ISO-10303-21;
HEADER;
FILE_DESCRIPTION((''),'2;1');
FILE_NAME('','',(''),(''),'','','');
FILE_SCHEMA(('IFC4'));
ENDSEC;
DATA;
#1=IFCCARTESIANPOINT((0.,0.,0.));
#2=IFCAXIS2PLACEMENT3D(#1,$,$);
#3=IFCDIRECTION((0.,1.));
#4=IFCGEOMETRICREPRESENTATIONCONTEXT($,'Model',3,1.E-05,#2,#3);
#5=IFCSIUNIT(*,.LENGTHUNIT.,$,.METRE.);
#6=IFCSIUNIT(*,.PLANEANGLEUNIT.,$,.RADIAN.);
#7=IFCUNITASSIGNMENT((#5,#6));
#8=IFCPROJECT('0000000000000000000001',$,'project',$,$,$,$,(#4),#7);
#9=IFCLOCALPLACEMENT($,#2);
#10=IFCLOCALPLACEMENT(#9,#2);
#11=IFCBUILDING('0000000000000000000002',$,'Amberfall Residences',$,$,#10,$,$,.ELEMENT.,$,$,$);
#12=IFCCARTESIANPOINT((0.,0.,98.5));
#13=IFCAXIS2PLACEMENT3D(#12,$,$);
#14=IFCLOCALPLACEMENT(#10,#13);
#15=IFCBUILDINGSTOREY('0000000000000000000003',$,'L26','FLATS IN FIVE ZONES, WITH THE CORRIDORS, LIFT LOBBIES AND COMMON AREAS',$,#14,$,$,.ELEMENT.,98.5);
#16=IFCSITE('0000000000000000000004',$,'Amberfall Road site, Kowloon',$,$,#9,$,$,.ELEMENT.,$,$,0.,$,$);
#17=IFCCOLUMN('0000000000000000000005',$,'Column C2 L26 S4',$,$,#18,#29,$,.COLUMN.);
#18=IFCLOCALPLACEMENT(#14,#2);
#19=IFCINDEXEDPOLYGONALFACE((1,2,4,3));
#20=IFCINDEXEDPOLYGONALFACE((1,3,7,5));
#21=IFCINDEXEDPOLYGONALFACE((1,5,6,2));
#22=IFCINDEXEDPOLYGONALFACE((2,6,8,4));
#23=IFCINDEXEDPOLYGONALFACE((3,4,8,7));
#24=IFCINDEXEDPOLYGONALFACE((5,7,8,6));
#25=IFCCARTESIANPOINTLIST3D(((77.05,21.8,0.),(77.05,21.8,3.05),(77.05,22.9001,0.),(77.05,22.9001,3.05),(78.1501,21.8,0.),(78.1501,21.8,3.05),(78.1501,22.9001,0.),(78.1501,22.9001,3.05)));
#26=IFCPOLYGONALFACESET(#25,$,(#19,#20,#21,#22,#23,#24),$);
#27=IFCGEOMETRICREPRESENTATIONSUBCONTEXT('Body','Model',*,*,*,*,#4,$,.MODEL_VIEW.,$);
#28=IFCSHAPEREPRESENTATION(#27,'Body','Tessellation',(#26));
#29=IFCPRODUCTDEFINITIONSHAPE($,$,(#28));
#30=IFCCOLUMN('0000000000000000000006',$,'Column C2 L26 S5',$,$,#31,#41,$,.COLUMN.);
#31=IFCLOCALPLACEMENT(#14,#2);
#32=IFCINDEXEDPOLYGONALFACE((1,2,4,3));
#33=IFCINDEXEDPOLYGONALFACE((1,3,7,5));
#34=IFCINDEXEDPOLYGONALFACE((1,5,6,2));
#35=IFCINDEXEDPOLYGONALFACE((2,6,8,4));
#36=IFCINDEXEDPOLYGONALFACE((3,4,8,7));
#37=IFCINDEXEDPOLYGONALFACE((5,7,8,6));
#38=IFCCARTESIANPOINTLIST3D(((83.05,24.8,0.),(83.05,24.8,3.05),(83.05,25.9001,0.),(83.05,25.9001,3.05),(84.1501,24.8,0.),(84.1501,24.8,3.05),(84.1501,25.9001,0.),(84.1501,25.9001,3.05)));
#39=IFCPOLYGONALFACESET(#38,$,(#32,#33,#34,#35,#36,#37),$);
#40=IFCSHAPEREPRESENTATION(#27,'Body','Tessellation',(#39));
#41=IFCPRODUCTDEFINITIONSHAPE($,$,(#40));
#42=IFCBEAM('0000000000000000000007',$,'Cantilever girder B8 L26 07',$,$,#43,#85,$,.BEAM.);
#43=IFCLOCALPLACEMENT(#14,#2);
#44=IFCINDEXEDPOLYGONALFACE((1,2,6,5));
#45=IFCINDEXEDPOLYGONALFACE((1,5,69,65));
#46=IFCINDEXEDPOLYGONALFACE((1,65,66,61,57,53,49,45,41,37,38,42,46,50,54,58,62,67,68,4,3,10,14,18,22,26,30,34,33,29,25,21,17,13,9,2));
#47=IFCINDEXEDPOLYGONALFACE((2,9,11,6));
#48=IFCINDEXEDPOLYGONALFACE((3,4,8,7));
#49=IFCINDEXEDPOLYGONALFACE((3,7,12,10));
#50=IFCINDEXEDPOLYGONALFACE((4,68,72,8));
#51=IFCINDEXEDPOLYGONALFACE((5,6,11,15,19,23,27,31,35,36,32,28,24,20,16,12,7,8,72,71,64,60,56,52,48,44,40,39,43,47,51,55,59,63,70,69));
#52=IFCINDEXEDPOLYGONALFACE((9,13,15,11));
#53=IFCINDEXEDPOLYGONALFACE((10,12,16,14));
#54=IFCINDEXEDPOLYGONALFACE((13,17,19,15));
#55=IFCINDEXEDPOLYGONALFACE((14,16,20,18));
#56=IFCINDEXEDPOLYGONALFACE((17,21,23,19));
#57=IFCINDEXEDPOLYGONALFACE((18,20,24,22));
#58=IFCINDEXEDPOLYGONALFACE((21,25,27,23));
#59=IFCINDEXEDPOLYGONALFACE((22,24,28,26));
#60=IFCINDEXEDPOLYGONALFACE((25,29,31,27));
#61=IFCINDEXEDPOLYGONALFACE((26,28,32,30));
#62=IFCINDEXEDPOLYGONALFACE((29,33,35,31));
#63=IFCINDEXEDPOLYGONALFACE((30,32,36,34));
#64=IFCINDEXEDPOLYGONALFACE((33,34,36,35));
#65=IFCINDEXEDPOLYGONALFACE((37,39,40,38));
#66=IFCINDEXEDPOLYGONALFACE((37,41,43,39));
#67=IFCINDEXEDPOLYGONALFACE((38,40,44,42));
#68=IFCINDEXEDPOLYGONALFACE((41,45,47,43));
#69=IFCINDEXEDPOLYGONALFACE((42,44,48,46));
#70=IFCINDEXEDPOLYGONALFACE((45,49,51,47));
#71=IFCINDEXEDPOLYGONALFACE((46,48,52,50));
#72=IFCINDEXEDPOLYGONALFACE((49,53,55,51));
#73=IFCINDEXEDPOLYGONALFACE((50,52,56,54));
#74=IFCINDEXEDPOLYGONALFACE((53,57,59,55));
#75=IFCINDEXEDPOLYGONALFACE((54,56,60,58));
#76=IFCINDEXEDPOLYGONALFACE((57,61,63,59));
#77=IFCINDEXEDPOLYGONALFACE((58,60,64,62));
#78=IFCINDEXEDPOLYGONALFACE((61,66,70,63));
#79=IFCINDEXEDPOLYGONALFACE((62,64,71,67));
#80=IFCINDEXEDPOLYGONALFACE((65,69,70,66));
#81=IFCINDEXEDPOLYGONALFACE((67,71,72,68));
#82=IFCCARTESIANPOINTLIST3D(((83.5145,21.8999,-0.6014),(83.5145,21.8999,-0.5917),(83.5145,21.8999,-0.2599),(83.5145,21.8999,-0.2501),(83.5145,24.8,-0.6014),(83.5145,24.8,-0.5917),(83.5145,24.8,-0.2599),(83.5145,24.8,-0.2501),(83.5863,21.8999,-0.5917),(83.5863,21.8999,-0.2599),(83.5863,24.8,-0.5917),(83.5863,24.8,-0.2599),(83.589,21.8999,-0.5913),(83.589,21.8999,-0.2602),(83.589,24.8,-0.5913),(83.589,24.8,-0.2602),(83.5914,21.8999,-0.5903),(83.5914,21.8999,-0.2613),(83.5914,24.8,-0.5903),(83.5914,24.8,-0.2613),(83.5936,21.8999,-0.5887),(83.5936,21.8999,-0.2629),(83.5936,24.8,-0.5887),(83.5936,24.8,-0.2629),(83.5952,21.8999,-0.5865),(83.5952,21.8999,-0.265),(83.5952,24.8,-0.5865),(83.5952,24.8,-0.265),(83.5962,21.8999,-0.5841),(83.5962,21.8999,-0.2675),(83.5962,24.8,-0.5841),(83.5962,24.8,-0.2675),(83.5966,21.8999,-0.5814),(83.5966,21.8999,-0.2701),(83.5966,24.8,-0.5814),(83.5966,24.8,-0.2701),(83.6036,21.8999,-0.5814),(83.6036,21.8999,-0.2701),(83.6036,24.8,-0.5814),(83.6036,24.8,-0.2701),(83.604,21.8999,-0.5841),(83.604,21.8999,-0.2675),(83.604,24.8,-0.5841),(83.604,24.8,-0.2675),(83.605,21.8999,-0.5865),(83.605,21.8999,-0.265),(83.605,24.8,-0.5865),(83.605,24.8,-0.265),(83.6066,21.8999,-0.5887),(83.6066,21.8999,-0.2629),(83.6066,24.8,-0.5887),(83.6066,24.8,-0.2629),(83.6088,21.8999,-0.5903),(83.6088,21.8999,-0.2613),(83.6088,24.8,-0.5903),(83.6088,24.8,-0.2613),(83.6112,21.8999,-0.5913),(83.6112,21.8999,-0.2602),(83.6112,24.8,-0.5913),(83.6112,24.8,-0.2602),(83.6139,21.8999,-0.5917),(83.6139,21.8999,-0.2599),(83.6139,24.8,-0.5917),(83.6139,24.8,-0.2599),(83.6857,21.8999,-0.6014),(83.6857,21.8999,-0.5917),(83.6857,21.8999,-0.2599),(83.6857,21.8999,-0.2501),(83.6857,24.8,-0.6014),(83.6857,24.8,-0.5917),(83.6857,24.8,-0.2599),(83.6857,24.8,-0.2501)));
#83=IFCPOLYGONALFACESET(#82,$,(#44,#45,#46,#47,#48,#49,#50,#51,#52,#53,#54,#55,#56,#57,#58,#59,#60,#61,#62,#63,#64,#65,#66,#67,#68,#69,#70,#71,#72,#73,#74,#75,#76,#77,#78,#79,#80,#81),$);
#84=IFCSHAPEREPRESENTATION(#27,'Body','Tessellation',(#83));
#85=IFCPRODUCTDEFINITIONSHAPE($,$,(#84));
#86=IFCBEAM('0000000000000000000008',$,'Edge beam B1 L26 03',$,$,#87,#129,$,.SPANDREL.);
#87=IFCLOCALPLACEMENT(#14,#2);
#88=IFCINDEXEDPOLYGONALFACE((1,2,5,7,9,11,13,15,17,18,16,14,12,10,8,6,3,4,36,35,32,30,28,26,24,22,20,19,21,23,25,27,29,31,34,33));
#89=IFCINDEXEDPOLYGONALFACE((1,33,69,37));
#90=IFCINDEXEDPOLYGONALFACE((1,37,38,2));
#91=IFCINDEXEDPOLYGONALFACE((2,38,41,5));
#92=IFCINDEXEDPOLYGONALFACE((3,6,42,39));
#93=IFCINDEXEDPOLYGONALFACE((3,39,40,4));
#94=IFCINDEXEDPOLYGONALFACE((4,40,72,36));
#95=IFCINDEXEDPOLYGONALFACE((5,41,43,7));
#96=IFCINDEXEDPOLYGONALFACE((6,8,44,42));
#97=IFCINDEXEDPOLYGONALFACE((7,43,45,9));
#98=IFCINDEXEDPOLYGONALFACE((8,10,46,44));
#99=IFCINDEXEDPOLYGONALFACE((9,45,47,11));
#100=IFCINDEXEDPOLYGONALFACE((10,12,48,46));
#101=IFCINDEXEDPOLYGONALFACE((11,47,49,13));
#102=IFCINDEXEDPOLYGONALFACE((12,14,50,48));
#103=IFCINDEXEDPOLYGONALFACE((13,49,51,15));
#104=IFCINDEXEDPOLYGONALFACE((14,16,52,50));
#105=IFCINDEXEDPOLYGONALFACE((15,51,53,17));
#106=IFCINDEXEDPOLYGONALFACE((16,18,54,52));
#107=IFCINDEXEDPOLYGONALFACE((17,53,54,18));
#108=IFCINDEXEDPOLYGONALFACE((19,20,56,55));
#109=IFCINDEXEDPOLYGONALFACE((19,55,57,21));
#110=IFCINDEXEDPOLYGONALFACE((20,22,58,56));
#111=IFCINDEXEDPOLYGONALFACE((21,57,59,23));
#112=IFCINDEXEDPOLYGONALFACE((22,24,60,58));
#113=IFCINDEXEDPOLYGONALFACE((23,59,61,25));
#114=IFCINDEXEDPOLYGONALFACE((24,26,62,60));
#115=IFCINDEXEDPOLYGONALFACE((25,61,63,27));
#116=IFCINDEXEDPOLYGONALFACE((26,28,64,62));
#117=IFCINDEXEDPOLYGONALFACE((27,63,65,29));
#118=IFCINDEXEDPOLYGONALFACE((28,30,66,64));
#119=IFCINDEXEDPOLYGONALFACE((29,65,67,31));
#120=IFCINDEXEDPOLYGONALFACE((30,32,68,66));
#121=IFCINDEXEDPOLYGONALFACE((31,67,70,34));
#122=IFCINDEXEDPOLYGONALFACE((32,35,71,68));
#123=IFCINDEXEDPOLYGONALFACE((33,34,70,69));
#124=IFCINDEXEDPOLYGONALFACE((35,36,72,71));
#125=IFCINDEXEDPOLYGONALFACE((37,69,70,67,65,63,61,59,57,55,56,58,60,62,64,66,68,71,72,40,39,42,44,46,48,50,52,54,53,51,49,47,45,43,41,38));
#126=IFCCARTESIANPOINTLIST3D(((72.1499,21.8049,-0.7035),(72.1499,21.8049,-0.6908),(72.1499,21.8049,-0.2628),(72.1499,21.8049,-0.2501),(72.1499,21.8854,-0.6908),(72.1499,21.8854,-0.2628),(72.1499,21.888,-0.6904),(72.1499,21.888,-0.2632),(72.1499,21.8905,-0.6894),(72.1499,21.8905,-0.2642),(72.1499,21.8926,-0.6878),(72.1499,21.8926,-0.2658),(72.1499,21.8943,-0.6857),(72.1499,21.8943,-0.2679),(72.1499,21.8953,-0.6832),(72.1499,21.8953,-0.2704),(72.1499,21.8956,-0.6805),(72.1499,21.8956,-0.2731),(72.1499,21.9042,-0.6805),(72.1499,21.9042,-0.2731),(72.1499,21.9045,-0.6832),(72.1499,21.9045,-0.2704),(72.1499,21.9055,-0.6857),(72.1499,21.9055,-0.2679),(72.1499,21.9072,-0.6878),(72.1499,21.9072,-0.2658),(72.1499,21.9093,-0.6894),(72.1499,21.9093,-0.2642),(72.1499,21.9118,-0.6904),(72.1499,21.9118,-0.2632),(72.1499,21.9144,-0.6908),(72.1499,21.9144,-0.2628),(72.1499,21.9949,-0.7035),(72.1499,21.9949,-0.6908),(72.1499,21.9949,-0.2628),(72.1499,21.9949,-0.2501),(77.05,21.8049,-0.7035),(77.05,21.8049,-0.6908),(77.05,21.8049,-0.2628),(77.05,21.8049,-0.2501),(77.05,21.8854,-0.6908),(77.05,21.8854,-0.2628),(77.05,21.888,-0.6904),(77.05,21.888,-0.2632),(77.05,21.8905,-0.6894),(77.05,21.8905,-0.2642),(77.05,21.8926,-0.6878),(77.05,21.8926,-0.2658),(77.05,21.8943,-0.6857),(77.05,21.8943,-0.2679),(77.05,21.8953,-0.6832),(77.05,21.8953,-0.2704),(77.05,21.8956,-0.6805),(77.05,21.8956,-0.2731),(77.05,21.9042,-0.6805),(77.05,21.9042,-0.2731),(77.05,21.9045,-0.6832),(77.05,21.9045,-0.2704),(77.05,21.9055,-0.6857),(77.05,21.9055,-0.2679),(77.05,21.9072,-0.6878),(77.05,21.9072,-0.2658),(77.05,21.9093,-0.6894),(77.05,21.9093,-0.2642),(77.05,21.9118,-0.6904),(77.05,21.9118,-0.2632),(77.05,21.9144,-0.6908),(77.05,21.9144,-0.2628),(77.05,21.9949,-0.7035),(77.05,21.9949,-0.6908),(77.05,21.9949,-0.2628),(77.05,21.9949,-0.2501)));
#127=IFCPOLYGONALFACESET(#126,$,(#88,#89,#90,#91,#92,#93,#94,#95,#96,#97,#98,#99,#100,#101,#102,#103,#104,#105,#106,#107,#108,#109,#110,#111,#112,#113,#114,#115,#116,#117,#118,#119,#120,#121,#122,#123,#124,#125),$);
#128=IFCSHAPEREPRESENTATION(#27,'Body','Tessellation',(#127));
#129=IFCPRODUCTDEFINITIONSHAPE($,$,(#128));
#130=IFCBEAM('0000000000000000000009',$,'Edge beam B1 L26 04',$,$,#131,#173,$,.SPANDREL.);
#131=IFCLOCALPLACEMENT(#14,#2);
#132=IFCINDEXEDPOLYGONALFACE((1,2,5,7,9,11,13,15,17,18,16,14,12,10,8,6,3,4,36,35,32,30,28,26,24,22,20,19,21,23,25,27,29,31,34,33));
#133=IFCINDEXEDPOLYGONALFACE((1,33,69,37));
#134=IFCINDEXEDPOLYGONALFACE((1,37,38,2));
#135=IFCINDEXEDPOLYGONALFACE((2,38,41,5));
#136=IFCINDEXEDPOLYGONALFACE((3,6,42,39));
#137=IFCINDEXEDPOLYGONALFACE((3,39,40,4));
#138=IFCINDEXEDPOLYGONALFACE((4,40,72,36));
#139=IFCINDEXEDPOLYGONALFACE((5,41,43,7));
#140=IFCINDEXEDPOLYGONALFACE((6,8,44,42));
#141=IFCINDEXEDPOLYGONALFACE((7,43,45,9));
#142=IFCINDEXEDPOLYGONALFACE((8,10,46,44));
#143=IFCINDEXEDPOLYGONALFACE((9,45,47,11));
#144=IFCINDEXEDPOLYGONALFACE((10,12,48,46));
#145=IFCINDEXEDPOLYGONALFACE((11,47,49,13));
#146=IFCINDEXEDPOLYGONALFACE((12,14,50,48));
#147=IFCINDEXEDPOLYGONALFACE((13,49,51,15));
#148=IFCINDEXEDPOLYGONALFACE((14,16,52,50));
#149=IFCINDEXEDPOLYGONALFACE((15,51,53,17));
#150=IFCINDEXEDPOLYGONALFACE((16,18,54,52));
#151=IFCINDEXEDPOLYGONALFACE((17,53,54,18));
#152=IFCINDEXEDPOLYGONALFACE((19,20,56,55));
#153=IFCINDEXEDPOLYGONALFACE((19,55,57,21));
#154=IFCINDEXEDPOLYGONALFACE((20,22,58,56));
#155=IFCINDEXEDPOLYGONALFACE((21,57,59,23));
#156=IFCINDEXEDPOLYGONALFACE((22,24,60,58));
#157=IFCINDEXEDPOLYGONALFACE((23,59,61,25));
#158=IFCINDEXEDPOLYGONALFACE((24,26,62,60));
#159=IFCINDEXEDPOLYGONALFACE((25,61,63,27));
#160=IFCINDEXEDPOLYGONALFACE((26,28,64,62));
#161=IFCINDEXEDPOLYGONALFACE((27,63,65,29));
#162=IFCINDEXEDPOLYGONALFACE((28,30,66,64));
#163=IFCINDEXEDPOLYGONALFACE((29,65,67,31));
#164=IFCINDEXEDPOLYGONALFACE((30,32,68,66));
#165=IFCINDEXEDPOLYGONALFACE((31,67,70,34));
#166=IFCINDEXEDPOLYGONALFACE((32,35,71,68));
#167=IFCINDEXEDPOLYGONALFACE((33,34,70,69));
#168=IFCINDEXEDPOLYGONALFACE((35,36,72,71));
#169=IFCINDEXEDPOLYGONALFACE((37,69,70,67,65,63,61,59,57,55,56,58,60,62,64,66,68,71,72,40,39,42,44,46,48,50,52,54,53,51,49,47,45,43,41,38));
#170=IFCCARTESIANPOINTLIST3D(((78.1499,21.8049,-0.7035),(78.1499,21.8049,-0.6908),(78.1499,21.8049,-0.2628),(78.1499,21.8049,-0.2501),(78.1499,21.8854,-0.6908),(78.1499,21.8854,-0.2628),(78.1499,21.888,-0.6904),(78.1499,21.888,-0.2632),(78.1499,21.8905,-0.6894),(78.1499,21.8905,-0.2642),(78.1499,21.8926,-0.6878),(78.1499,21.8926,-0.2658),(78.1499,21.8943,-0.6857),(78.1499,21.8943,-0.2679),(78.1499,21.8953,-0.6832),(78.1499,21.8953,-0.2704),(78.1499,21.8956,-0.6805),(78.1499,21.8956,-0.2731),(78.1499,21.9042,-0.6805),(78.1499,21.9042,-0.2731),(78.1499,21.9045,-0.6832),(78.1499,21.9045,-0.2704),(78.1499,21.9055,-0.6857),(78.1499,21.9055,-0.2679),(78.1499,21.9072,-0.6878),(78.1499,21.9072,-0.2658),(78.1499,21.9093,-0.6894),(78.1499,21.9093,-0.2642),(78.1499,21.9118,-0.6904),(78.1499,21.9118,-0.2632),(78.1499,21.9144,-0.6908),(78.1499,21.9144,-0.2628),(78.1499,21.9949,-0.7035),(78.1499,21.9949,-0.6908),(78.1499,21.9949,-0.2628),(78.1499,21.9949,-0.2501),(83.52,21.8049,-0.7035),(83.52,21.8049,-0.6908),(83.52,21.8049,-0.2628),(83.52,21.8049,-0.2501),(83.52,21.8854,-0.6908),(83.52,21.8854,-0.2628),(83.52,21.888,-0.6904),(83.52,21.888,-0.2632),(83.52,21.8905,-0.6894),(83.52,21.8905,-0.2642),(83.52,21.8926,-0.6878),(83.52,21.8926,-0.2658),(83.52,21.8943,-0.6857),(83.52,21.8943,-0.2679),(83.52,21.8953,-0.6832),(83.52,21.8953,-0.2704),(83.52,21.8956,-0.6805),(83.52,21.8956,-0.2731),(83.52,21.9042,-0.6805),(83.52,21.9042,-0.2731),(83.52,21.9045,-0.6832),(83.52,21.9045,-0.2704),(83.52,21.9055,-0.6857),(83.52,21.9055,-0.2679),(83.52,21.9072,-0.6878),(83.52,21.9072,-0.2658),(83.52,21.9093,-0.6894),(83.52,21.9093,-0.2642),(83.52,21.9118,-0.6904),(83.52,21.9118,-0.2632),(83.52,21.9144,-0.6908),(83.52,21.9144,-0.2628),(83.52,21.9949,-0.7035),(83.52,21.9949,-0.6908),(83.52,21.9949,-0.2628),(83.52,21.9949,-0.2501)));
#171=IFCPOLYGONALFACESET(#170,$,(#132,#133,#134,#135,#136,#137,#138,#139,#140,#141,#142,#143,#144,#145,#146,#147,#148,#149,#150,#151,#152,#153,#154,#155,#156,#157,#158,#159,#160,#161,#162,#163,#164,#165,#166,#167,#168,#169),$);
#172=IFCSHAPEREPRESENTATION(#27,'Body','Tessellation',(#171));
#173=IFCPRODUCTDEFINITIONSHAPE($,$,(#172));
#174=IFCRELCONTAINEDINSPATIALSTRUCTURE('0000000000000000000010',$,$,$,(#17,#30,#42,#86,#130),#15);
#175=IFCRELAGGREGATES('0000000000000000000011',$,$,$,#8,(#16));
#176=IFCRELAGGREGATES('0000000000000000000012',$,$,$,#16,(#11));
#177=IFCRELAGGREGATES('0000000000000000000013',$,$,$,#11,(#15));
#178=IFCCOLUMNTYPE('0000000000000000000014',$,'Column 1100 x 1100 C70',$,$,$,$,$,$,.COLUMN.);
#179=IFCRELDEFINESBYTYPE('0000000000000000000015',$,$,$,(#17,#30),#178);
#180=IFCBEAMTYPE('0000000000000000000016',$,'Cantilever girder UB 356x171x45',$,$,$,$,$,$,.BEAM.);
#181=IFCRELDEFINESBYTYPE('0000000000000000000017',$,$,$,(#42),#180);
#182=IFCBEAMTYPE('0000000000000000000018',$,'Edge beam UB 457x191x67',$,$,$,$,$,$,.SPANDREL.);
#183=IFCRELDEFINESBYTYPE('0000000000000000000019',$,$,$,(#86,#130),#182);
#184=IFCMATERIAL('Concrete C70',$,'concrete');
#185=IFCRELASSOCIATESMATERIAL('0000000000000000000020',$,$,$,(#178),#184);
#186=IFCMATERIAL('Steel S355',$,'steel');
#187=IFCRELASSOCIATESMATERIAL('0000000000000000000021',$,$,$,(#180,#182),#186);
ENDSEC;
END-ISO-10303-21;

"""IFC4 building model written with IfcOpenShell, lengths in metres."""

from ifc_helpers import new_model, si_unit, direction, frame, origin, origin_2d, place, context, subcontext, project, spatial, rectangle, i_section, extrude, material, material_profile, profile_set, type_object, element, save


model = new_model("IFC4")

# Units and contexts
model_context = context("Model", 3, precision=1e-05, world=origin(), true_north=direction((0.0, 1.0)))
body_context = subcontext(model_context, "Body", "Model", "MODEL_VIEW")
ifc_project = project(units=[si_unit("LENGTHUNIT", "METRE"), si_unit("PLANEANGLEUNIT", "RADIAN")], contexts=[model_context])

# Site, building, storey
site_placement = place(None, origin())
site = spatial("IfcSite", under=ifc_project, at=site_placement, Name="Amberfall Road site, Kowloon", CompositionType="ELEMENT", RefElevation=0.0)
building_placement = place(site_placement, origin())
building = spatial("IfcBuilding", under=site, at=building_placement, Name="Amberfall Residences", CompositionType="ELEMENT")
storey_placement = place(building_placement, frame((0.0, 0.0, 98.5)))
storey = spatial("IfcBuildingStorey", under=building, at=storey_placement, Name="L26", Description="FLATS IN FIVE ZONES, WITH THE CORRIDORS, LIFT LOBBIES AND COMMON AREAS", CompositionType="ELEMENT", Elevation=98.5)

# Columns
ifc_material_1 = material(Name="Concrete C70", Category="concrete")
ifc_material_profile_1 = material_profile(ifc_material_1, rectangle(XDim=1.1001, YDim=1.1001, at=origin_2d()), Name="Column 1100 x 1100 C70")
ifc_profile_set_1 = profile_set([ifc_material_profile_1], Name="Concrete C70")
column_type = type_object("IfcColumnType", Name="Column 1100 x 1100 C70", PredefinedType="COLUMN", material=ifc_profile_set_1)
for number, where, z_axis, x_axis, name in (
    (1, (77.6001, 22.3501, 0.0), (0.0, 0.0, 1.0), (1.0, 0.0, 0.0), "Column C2 L26 S4"),
    (2, (83.6001, 25.3501, 0.0), (0.0, 0.0, 1.0), (1.0, 0.0, 0.0), "Column C2 L26 S5"),
):
    element("IfcColumn", number, at=place(storey_placement, frame(where, z_axis=z_axis, x_axis=x_axis)), inside=storey, type_object=column_type, Name=name, PredefinedType="COLUMN", context=body_context, shape_type="SweptSolid", body=[
        extrude(rectangle(XDim=1.1001, YDim=1.1001, at=origin_2d()), origin(), (0.0, 0.0, 1.0), 3.05),
    ])

# Beams
ifc_material_2 = material(Name="Steel S355", Category="steel")
ifc_material_profile_2 = material_profile(ifc_material_2, i_section(OverallWidth=0.1711, OverallDepth=0.3513, WebThickness=0.0071, FlangeThickness=0.0098, FilletRadius=0.0103, at=origin_2d()), Name="UB 356x171x45")
ifc_profile_set_2 = profile_set([ifc_material_profile_2], Name="Steel S355")
beam_type_1 = type_object("IfcBeamType", Name="Cantilever girder UB 356x171x45", PredefinedType="BEAM", material=ifc_profile_set_2)
beam_1_placement = place(storey_placement, frame((83.6001, 24.8, -0.4258), z_axis=(0.0, -1.0, 0.0), x_axis=(1.0, 0.0, 0.0)))
element("IfcBeam", 3, at=beam_1_placement, inside=storey, type_object=beam_type_1, Name="Cantilever girder B8 L26 07", PredefinedType="BEAM", context=body_context, shape_type="SweptSolid", body=[
    extrude(i_section(OverallWidth=0.1711, OverallDepth=0.3513, WebThickness=0.0071, FlangeThickness=0.0098, FilletRadius=0.0103, at=origin_2d()), origin(), (0.0, 0.0, 1.0), 2.9001),
])
ifc_material_profile_3 = material_profile(ifc_material_2, i_section(OverallWidth=0.1899, OverallDepth=0.4534, WebThickness=0.0085, FlangeThickness=0.0127, FilletRadius=0.0103, at=origin_2d()), Name="UB 457x191x67")
ifc_profile_set_3 = profile_set([ifc_material_profile_3], Name="Steel S355")
beam_type_2 = type_object("IfcBeamType", Name="Edge beam UB 457x191x67", PredefinedType="SPANDREL", material=ifc_profile_set_3)
beam_2_placement = place(storey_placement, frame((72.1499, 21.8999, -0.4768), z_axis=(1.0, 0.0, 0.0), x_axis=(0.0, 1.0, 0.0)))
element("IfcBeam", 4, at=beam_2_placement, inside=storey, type_object=beam_type_2, Name="Edge beam B1 L26 03", PredefinedType="SPANDREL", context=body_context, shape_type="SweptSolid", body=[
    extrude(i_section(OverallWidth=0.1899, OverallDepth=0.4534, WebThickness=0.0085, FlangeThickness=0.0127, FilletRadius=0.0103, at=origin_2d()), origin(), (0.0, 0.0, 1.0), 4.9001),
])
beam_3_placement = place(storey_placement, frame((78.1499, 21.8999, -0.4768), z_axis=(1.0, 0.0, 0.0), x_axis=(0.0, 1.0, 0.0)))
element("IfcBeam", 5, at=beam_3_placement, inside=storey, type_object=beam_type_2, Name="Edge beam B1 L26 04", PredefinedType="SPANDREL", context=body_context, shape_type="SweptSolid", body=[
    extrude(i_section(OverallWidth=0.1899, OverallDepth=0.4534, WebThickness=0.0085, FlangeThickness=0.0127, FilletRadius=0.0103, at=origin_2d()), origin(), (0.0, 0.0, 1.0), 5.3701),
])

save(model, "model.ifc")
